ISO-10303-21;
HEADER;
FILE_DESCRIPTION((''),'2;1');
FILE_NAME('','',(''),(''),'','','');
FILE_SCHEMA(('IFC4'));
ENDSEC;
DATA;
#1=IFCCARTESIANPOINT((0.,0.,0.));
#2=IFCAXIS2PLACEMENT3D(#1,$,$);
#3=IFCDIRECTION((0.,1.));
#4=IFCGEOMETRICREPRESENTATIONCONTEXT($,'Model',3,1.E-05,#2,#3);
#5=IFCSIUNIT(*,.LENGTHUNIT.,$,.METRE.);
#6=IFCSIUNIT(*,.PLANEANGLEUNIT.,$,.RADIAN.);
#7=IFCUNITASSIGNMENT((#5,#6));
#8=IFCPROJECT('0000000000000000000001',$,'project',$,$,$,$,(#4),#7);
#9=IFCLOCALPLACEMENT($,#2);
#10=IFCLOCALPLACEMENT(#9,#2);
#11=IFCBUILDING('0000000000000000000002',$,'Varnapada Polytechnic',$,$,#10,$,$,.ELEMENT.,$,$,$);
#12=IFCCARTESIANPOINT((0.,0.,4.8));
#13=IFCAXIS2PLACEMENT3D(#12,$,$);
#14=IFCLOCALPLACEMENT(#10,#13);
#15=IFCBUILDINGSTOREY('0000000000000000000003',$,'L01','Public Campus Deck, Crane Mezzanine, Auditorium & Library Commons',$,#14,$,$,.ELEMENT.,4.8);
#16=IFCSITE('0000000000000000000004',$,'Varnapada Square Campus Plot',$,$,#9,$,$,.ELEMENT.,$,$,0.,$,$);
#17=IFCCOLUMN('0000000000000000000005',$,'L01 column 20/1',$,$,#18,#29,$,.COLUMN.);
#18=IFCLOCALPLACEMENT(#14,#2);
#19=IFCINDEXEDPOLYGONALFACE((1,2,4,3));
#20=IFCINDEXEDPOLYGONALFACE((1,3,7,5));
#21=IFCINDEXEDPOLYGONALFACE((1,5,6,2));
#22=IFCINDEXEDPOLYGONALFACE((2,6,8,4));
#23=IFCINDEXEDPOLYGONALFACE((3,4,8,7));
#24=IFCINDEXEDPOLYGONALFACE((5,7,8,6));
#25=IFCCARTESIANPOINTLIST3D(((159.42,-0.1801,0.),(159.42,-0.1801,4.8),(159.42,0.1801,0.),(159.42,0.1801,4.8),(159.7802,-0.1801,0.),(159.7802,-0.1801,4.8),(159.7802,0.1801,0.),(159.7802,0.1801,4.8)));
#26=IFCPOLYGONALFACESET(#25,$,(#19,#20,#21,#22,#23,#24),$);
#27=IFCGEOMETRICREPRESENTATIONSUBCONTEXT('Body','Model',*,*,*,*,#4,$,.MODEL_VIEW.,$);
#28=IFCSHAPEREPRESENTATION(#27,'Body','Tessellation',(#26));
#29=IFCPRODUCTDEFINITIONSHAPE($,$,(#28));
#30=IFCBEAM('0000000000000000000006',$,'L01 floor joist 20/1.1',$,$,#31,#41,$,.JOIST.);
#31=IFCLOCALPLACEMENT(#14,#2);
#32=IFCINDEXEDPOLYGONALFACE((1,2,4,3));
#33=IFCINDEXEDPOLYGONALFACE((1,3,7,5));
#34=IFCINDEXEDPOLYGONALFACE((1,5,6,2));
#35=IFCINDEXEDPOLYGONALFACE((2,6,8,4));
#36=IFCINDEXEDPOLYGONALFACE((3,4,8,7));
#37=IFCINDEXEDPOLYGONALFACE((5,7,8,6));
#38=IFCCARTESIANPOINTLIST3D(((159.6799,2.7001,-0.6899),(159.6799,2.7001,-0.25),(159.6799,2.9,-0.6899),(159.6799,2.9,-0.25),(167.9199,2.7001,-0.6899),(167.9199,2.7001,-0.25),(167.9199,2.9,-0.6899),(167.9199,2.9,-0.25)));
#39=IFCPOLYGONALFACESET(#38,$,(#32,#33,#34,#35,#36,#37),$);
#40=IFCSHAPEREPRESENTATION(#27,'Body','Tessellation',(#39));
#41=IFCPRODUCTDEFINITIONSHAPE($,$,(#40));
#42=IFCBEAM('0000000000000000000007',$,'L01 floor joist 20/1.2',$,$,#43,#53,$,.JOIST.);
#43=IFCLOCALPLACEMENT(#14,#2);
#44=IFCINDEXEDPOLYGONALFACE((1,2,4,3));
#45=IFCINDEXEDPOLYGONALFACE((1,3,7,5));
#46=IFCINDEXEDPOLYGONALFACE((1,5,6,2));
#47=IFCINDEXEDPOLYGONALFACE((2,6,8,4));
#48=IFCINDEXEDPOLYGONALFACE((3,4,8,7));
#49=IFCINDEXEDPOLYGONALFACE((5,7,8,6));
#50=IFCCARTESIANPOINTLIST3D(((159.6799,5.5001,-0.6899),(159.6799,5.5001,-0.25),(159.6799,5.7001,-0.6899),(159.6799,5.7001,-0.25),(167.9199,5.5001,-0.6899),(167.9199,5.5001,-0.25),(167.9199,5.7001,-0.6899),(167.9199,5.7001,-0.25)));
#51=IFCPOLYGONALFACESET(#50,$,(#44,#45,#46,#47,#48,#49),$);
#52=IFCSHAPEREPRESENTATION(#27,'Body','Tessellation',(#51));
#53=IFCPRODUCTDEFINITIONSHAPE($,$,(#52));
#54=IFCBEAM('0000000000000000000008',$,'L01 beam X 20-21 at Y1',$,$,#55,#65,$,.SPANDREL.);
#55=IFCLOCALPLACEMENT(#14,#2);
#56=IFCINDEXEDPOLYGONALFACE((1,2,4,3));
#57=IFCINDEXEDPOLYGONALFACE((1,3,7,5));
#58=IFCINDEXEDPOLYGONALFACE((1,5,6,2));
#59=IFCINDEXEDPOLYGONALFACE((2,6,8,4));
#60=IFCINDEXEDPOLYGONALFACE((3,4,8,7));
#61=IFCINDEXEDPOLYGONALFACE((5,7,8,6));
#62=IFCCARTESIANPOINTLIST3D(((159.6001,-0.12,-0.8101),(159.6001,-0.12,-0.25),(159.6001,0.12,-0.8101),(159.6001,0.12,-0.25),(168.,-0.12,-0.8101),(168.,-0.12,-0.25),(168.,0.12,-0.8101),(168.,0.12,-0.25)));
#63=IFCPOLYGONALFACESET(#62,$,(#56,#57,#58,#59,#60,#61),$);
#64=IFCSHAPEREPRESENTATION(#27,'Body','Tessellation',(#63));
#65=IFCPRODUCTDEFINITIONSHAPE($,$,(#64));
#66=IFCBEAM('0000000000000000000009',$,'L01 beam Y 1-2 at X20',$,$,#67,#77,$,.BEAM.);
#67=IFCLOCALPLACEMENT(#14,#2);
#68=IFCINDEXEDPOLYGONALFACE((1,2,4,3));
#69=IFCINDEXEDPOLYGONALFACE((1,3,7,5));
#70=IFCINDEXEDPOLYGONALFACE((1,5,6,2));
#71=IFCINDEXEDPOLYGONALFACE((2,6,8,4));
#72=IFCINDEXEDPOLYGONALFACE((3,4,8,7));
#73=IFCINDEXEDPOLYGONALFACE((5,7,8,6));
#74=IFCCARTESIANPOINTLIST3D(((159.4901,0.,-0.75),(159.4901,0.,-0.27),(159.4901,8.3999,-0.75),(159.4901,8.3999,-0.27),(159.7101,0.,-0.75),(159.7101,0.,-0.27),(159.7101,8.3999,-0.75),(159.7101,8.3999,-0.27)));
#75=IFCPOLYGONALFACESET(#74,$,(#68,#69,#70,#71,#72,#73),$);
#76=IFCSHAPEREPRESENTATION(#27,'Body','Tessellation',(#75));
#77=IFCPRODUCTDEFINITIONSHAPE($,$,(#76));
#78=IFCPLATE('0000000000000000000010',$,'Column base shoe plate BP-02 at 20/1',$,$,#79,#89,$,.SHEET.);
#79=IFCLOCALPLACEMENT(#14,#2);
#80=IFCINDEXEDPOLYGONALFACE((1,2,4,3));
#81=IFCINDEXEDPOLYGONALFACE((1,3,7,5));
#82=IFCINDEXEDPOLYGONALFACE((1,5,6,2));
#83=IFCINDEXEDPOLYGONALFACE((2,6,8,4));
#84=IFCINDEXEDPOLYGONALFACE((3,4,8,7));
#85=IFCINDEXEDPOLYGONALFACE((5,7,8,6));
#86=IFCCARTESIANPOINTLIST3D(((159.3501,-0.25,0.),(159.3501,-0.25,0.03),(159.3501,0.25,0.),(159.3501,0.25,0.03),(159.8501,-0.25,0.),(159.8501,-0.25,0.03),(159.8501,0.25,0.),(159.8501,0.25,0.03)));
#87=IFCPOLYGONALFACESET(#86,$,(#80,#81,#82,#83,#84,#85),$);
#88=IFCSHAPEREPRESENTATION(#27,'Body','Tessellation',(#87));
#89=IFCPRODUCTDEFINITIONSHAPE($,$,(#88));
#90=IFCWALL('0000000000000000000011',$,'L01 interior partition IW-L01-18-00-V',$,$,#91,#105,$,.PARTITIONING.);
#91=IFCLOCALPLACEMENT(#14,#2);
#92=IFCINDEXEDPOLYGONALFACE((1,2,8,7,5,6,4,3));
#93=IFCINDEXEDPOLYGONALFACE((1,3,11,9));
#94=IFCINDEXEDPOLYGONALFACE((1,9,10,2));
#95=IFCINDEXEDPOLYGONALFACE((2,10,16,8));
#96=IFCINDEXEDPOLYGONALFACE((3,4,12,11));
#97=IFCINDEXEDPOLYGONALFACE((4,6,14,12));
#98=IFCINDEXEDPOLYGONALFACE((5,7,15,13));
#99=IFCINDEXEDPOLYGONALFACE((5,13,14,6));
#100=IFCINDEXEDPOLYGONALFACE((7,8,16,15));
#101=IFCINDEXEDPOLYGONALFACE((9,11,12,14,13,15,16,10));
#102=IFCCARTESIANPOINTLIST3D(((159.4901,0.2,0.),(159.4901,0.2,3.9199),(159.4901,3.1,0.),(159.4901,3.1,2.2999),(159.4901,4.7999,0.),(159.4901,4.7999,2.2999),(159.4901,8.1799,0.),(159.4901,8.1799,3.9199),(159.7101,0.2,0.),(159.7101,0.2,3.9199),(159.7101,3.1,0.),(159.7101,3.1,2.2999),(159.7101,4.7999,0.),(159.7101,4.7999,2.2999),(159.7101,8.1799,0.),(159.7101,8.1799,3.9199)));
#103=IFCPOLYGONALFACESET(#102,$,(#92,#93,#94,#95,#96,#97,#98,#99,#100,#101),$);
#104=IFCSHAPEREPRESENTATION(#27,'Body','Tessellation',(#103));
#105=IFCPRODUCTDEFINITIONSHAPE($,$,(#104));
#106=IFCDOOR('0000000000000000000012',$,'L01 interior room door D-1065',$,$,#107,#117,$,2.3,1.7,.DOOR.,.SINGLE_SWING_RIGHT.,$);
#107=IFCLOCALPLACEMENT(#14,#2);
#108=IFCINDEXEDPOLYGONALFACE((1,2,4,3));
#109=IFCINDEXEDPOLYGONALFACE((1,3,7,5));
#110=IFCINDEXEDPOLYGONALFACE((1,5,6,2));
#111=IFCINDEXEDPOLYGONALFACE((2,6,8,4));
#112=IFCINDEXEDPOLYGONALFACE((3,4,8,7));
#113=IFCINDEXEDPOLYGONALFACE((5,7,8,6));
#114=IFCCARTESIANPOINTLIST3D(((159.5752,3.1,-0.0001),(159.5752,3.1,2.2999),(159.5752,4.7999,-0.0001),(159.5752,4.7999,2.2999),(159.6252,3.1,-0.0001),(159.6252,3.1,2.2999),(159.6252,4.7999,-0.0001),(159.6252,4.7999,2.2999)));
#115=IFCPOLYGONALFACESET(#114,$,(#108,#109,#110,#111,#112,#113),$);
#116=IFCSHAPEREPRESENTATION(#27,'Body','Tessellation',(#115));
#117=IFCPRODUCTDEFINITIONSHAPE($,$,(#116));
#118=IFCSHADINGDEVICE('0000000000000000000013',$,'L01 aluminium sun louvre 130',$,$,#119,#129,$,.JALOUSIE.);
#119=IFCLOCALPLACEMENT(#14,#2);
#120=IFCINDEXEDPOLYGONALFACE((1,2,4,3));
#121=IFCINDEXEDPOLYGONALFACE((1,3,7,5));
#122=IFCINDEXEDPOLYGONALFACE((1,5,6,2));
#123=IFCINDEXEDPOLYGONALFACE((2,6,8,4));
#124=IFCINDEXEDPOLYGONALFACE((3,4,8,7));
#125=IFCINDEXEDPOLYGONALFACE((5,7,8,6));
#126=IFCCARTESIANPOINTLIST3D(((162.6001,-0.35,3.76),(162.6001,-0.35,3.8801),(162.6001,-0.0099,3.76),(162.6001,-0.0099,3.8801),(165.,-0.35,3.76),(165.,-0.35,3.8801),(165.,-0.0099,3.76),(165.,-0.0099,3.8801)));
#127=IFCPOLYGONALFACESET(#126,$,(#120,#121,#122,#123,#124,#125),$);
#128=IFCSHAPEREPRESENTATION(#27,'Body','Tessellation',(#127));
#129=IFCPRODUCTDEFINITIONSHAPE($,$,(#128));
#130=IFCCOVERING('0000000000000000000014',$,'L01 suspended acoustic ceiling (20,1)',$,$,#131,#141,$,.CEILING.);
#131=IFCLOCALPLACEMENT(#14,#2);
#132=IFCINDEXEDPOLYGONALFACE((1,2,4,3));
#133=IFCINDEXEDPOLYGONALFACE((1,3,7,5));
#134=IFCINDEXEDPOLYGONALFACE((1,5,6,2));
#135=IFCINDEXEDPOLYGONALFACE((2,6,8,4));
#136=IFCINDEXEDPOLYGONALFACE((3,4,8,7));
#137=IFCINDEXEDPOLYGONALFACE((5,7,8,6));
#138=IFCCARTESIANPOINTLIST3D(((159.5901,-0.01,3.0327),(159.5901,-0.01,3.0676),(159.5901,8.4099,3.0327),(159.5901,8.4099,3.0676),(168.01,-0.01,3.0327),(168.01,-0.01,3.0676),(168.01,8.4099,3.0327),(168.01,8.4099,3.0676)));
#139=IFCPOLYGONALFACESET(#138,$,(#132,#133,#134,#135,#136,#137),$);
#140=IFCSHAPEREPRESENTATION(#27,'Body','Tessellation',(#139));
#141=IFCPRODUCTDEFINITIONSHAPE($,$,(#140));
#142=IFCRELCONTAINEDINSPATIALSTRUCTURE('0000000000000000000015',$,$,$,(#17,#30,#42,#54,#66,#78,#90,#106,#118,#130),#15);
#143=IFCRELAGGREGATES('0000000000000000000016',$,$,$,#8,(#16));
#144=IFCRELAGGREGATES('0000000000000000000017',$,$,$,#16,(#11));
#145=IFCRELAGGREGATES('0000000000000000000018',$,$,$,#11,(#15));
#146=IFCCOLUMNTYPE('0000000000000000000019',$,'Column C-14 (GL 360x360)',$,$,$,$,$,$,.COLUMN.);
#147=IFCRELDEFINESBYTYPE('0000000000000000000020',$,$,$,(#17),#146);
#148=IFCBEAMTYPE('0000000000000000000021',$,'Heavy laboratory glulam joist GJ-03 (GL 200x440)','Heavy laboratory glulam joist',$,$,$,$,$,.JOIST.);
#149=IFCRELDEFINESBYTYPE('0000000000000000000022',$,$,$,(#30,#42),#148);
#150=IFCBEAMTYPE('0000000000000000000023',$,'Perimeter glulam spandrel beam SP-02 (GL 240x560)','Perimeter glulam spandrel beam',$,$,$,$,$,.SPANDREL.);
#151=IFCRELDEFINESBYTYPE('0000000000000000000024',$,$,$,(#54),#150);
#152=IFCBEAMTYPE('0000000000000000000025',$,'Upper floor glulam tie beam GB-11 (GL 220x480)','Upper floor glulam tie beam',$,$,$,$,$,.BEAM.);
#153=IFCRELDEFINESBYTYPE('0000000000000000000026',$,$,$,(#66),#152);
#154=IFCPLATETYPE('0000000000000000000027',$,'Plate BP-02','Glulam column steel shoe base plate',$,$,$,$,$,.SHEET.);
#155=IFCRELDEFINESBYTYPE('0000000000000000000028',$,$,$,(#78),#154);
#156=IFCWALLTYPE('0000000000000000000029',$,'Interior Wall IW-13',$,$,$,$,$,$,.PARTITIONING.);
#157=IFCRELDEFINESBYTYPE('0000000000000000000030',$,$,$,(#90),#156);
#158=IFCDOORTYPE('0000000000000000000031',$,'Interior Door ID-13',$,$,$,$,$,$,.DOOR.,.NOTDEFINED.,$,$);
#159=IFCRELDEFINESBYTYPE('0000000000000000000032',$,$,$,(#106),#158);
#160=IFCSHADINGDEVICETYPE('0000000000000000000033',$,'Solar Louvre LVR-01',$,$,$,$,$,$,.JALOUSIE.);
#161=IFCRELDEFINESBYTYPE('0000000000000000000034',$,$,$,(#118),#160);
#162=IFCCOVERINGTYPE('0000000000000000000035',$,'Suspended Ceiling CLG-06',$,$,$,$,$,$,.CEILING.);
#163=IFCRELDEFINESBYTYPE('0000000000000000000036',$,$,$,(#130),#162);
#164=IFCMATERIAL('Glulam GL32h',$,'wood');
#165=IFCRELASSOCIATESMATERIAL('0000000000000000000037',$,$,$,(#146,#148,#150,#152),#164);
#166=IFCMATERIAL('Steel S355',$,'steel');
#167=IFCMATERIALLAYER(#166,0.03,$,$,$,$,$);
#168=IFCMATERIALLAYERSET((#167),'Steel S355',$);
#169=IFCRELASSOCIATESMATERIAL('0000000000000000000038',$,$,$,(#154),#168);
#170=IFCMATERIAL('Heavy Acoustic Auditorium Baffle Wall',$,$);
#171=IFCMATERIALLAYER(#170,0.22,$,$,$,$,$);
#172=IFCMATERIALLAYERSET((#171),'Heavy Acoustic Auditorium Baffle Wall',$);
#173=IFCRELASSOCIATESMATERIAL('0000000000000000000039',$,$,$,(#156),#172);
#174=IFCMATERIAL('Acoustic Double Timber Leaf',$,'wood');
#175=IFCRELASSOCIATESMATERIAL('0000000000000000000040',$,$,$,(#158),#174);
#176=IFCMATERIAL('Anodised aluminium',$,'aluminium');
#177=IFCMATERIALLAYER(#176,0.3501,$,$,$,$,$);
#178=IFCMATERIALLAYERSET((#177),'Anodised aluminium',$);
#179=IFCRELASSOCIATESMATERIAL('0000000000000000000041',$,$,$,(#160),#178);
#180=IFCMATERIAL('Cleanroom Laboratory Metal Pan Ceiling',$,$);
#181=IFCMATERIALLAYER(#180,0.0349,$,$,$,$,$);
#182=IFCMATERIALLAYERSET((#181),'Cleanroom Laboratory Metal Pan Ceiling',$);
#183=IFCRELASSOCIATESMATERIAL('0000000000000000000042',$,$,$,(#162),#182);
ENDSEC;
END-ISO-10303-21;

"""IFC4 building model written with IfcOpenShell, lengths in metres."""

from ifc_helpers import new_model, si_unit, direction, frame, frame_2d, origin, origin_2d, place, context, subcontext, project, spatial, rectangle, extrude, material, layer, layer_set, material_profile, profile_set, type_object, element, fill, save


model = new_model("IFC4")

# Units and contexts
model_context = context("Model", 3, precision=1e-05, world=origin(), true_north=direction((0.0, 1.0)))
body_context = subcontext(model_context, "Body", "Model", "MODEL_VIEW")
ifc_project = project(units=[si_unit("LENGTHUNIT", "METRE"), si_unit("PLANEANGLEUNIT", "RADIAN")], contexts=[model_context])

# Site, building, storey
site_placement = place(None, origin())
site = spatial("IfcSite", under=ifc_project, at=site_placement, Name="Varnapada Square Campus Plot", CompositionType="ELEMENT", RefElevation=0.0)
building_placement = place(site_placement, origin())
building = spatial("IfcBuilding", under=site, at=building_placement, Name="Varnapada Polytechnic", CompositionType="ELEMENT")
storey_placement = place(building_placement, frame((0.0, 0.0, 4.8)))
storey = spatial("IfcBuildingStorey", under=building, at=storey_placement, Name="L01", Description="Public Campus Deck, Crane Mezzanine, Auditorium & Library Commons", CompositionType="ELEMENT", Elevation=4.8)

# Column
ifc_material_1 = material(Name="Glulam GL32h", Category="wood")
ifc_material_profile_1 = material_profile(ifc_material_1, rectangle(XDim=0.3601, YDim=0.3601, at=origin_2d()), Name="GL 360x360")
ifc_profile_set_1 = profile_set([ifc_material_profile_1], Name="Glulam GL32h")
column_type = type_object("IfcColumnType", Name="Column C-14 (GL 360x360)", PredefinedType="COLUMN", material=ifc_profile_set_1)
column_placement = place(storey_placement, frame((159.6001, 0.0, 0.0), z_axis=(0.0, 0.0, 1.0), x_axis=(1.0, 0.0, 0.0)))
element("IfcColumn", 1, at=column_placement, inside=storey, type_object=column_type, Name="L01 column 20/1", PredefinedType="COLUMN", context=body_context, shape_type="SweptSolid", body=[
    extrude(rectangle(XDim=0.3601, YDim=0.3601, at=origin_2d()), origin(), (0.0, 0.0, 1.0), 4.8),
])

# Beams
ifc_material_profile_2 = material_profile(ifc_material_1, rectangle(XDim=0.2, YDim=0.4399, at=origin_2d()), Name="GL 200x440")
ifc_profile_set_2 = profile_set([ifc_material_profile_2], Name="Glulam GL32h")
beam_type_1 = type_object("IfcBeamType", Name="Heavy laboratory glulam joist GJ-03 (GL 200x440)", Description="Heavy laboratory glulam joist", PredefinedType="JOIST", material=ifc_profile_set_2)
for number, where, z_axis, x_axis, name in (
    (2, (159.6799, 2.8, -0.47), (1.0, 0.0, 0.0), (0.0, 1.0, 0.0), "L01 floor joist 20/1.1"),
    (3, (159.6799, 5.6001, -0.47), (1.0, 0.0, 0.0), (0.0, 1.0, 0.0), "L01 floor joist 20/1.2"),
):
    element("IfcBeam", number, at=place(storey_placement, frame(where, z_axis=z_axis, x_axis=x_axis)), inside=storey, type_object=beam_type_1, Name=name, PredefinedType="JOIST", context=body_context, shape_type="SweptSolid", body=[
        extrude(rectangle(XDim=0.2, YDim=0.4399, at=origin_2d()), origin(), (0.0, 0.0, 1.0), 8.24),
    ])
ifc_material_profile_3 = material_profile(ifc_material_1, rectangle(XDim=0.24, YDim=0.5601, at=origin_2d()), Name="GL 240x560")
ifc_profile_set_3 = profile_set([ifc_material_profile_3], Name="Glulam GL32h")
beam_type_2 = type_object("IfcBeamType", Name="Perimeter glulam spandrel beam SP-02 (GL 240x560)", Description="Perimeter glulam spandrel beam", PredefinedType="SPANDREL", material=ifc_profile_set_3)
beam_1_placement = place(storey_placement, frame((159.6001, 0.0, -0.53), z_axis=(1.0, 0.0, 0.0), x_axis=(0.0, 1.0, 0.0)))
element("IfcBeam", 4, at=beam_1_placement, inside=storey, type_object=beam_type_2, Name="L01 beam X 20-21 at Y1", PredefinedType="SPANDREL", context=body_context, shape_type="SweptSolid", body=[
    extrude(rectangle(XDim=0.24, YDim=0.5601, at=origin_2d()), origin(), (0.0, 0.0, 1.0), 8.3999),
])
ifc_material_profile_4 = material_profile(ifc_material_1, rectangle(XDim=0.22, YDim=0.48, at=origin_2d()), Name="GL 220x480")
ifc_profile_set_4 = profile_set([ifc_material_profile_4], Name="Glulam GL32h")
beam_type_3 = type_object("IfcBeamType", Name="Upper floor glulam tie beam GB-11 (GL 220x480)", Description="Upper floor glulam tie beam", PredefinedType="BEAM", material=ifc_profile_set_4)
beam_2_placement = place(storey_placement, frame((159.6001, 0.0, -0.51), z_axis=(0.0, 1.0, 0.0), x_axis=(-1.0, 0.0, 0.0)))
element("IfcBeam", 5, at=beam_2_placement, inside=storey, type_object=beam_type_3, Name="L01 beam Y 1-2 at X20", PredefinedType="BEAM", context=body_context, shape_type="SweptSolid", body=[
    extrude(rectangle(XDim=0.22, YDim=0.48, at=origin_2d()), origin(), (0.0, 0.0, 1.0), 8.3999),
])

# Plate
ifc_material_2 = material(Name="Steel S355", Category="steel")
ifc_layer_1 = layer(ifc_material_2, 0.03)
ifc_layer_set_1 = layer_set([ifc_layer_1], Name="Steel S355")
plate_type = type_object("IfcPlateType", Name="Plate BP-02", Description="Glulam column steel shoe base plate", PredefinedType="SHEET", material=ifc_layer_set_1)
plate_placement = place(storey_placement, frame((159.6001, 0.0, 0.0), z_axis=(0.0, 0.0, 1.0), x_axis=(1.0, 0.0, 0.0)))
element("IfcPlate", 6, at=plate_placement, inside=storey, type_object=plate_type, Name="Column base shoe plate BP-02 at 20/1", PredefinedType="SHEET", context=body_context, shape_type="SweptSolid", body=[
    extrude(rectangle(XDim=0.5, YDim=0.5, at=origin_2d()), origin(), (0.0, 0.0, 1.0), 0.03),
])

# Wall, opening, door
ifc_material_3 = material(Name="Heavy Acoustic Auditorium Baffle Wall")
ifc_layer_2 = layer(ifc_material_3, 0.22)
ifc_layer_set_2 = layer_set([ifc_layer_2], Name="Heavy Acoustic Auditorium Baffle Wall")
wall_type = type_object("IfcWallType", Name="Interior Wall IW-13", PredefinedType="PARTITIONING", material=ifc_layer_set_2)
wall_placement = place(storey_placement, frame((159.6001, 0.2, 0.0), z_axis=(0.0, 0.0, 1.0), x_axis=(0.0, 1.0, 0.0)))
wall = element("IfcWall", 7, at=wall_placement, inside=storey, type_object=wall_type, Name="L01 interior partition IW-L01-18-00-V", PredefinedType="PARTITIONING", context=body_context, shape_type="SweptSolid", body=[
    extrude(rectangle(XDim=7.98, YDim=0.22, at=frame_2d((3.99, 0.0))), origin(), (0.0, 0.0, 1.0), 3.9199),
])
opening_1_placement = place(wall_placement, frame((2.8999, 0.0, 0.0)))
opening_1 = element("IfcOpeningElement", 8, at=opening_1_placement, cuts=wall, PredefinedType="OPENING", context=body_context, shape_type="SweptSolid", body=[
    extrude(rectangle(XDim=1.7, YDim=2.3, at=frame_2d((0.8501, 1.1499))), frame((0.0, 0.1199, 0.0), z_axis=(0.0, -1.0, 0.0), x_axis=(1.0, 0.0, 0.0)), (0.0, 0.0, 1.0), 0.24),
])
ifc_material_4 = material(Name="Acoustic Double Timber Leaf", Category="wood")
door_type = type_object("IfcDoorType", Name="Interior Door ID-13", OperationType="NOTDEFINED", PredefinedType="DOOR", material=ifc_material_4)
door_placement = place(opening_1_placement, origin())
door = element("IfcDoor", 9, at=door_placement, inside=storey, type_object=door_type, Name="L01 interior room door D-1065", OperationType="SINGLE_SWING_RIGHT", OverallHeight=2.3, OverallWidth=1.7, PredefinedType="DOOR", context=body_context, shape_type="SweptSolid", body=[
    extrude(rectangle(XDim=1.7, YDim=2.3, at=frame_2d((0.8501, 1.1499))), frame((0.0, 0.0249, 0.0), z_axis=(0.0, -1.0, 0.0), x_axis=(1.0, 0.0, 0.0)), (0.0, 0.0, 1.0), 0.05),
])
fill(opening_1, door)

# Shading device
ifc_material_5 = material(Name="Anodised aluminium", Category="aluminium")
ifc_layer_3 = layer(ifc_material_5, 0.3501)
ifc_layer_set_3 = layer_set([ifc_layer_3], Name="Anodised aluminium")
shading_device_type_1 = type_object("IfcShadingDeviceType", Name="Solar Louvre LVR-01", PredefinedType="JALOUSIE", material=ifc_layer_set_3)
shading_device_1_placement = place(storey_placement, frame((163.8, -0.1799, 3.76), z_axis=(0.0, 0.0, 1.0), x_axis=(-1.0, 0.0, 0.0)))
element("IfcShadingDevice", 10, at=shading_device_1_placement, inside=storey, type_object=shading_device_type_1, Name="L01 aluminium sun louvre 130", PredefinedType="JALOUSIE", context=body_context, shape_type="SweptSolid", body=[
    extrude(rectangle(XDim=2.3999, YDim=0.3401, at=origin_2d()), origin(), (0.0, 0.0, 1.0), 0.1201),
])

# Covering
ifc_material_6 = material(Name="Cleanroom Laboratory Metal Pan Ceiling")
ifc_layer_4 = layer(ifc_material_6, 0.0349)
ifc_layer_set_4 = layer_set([ifc_layer_4], Name="Cleanroom Laboratory Metal Pan Ceiling")
covering_type_1 = type_object("IfcCoveringType", Name="Suspended Ceiling CLG-06", PredefinedType="CEILING", material=ifc_layer_set_4)
covering_1_placement = place(storey_placement, frame((163.8, 4.2, 3.0327), z_axis=(0.0, 0.0, 1.0), x_axis=(1.0, 0.0, 0.0)))
element("IfcCovering", 11, at=covering_1_placement, inside=storey, type_object=covering_type_1, Name="L01 suspended acoustic ceiling (20,1)", PredefinedType="CEILING", context=body_context, shape_type="SweptSolid", body=[
    extrude(rectangle(XDim=8.4199, YDim=8.4199, at=origin_2d()), origin(), (0.0, 0.0, 1.0), 0.0349),
])

save(model, "model.ifc")
